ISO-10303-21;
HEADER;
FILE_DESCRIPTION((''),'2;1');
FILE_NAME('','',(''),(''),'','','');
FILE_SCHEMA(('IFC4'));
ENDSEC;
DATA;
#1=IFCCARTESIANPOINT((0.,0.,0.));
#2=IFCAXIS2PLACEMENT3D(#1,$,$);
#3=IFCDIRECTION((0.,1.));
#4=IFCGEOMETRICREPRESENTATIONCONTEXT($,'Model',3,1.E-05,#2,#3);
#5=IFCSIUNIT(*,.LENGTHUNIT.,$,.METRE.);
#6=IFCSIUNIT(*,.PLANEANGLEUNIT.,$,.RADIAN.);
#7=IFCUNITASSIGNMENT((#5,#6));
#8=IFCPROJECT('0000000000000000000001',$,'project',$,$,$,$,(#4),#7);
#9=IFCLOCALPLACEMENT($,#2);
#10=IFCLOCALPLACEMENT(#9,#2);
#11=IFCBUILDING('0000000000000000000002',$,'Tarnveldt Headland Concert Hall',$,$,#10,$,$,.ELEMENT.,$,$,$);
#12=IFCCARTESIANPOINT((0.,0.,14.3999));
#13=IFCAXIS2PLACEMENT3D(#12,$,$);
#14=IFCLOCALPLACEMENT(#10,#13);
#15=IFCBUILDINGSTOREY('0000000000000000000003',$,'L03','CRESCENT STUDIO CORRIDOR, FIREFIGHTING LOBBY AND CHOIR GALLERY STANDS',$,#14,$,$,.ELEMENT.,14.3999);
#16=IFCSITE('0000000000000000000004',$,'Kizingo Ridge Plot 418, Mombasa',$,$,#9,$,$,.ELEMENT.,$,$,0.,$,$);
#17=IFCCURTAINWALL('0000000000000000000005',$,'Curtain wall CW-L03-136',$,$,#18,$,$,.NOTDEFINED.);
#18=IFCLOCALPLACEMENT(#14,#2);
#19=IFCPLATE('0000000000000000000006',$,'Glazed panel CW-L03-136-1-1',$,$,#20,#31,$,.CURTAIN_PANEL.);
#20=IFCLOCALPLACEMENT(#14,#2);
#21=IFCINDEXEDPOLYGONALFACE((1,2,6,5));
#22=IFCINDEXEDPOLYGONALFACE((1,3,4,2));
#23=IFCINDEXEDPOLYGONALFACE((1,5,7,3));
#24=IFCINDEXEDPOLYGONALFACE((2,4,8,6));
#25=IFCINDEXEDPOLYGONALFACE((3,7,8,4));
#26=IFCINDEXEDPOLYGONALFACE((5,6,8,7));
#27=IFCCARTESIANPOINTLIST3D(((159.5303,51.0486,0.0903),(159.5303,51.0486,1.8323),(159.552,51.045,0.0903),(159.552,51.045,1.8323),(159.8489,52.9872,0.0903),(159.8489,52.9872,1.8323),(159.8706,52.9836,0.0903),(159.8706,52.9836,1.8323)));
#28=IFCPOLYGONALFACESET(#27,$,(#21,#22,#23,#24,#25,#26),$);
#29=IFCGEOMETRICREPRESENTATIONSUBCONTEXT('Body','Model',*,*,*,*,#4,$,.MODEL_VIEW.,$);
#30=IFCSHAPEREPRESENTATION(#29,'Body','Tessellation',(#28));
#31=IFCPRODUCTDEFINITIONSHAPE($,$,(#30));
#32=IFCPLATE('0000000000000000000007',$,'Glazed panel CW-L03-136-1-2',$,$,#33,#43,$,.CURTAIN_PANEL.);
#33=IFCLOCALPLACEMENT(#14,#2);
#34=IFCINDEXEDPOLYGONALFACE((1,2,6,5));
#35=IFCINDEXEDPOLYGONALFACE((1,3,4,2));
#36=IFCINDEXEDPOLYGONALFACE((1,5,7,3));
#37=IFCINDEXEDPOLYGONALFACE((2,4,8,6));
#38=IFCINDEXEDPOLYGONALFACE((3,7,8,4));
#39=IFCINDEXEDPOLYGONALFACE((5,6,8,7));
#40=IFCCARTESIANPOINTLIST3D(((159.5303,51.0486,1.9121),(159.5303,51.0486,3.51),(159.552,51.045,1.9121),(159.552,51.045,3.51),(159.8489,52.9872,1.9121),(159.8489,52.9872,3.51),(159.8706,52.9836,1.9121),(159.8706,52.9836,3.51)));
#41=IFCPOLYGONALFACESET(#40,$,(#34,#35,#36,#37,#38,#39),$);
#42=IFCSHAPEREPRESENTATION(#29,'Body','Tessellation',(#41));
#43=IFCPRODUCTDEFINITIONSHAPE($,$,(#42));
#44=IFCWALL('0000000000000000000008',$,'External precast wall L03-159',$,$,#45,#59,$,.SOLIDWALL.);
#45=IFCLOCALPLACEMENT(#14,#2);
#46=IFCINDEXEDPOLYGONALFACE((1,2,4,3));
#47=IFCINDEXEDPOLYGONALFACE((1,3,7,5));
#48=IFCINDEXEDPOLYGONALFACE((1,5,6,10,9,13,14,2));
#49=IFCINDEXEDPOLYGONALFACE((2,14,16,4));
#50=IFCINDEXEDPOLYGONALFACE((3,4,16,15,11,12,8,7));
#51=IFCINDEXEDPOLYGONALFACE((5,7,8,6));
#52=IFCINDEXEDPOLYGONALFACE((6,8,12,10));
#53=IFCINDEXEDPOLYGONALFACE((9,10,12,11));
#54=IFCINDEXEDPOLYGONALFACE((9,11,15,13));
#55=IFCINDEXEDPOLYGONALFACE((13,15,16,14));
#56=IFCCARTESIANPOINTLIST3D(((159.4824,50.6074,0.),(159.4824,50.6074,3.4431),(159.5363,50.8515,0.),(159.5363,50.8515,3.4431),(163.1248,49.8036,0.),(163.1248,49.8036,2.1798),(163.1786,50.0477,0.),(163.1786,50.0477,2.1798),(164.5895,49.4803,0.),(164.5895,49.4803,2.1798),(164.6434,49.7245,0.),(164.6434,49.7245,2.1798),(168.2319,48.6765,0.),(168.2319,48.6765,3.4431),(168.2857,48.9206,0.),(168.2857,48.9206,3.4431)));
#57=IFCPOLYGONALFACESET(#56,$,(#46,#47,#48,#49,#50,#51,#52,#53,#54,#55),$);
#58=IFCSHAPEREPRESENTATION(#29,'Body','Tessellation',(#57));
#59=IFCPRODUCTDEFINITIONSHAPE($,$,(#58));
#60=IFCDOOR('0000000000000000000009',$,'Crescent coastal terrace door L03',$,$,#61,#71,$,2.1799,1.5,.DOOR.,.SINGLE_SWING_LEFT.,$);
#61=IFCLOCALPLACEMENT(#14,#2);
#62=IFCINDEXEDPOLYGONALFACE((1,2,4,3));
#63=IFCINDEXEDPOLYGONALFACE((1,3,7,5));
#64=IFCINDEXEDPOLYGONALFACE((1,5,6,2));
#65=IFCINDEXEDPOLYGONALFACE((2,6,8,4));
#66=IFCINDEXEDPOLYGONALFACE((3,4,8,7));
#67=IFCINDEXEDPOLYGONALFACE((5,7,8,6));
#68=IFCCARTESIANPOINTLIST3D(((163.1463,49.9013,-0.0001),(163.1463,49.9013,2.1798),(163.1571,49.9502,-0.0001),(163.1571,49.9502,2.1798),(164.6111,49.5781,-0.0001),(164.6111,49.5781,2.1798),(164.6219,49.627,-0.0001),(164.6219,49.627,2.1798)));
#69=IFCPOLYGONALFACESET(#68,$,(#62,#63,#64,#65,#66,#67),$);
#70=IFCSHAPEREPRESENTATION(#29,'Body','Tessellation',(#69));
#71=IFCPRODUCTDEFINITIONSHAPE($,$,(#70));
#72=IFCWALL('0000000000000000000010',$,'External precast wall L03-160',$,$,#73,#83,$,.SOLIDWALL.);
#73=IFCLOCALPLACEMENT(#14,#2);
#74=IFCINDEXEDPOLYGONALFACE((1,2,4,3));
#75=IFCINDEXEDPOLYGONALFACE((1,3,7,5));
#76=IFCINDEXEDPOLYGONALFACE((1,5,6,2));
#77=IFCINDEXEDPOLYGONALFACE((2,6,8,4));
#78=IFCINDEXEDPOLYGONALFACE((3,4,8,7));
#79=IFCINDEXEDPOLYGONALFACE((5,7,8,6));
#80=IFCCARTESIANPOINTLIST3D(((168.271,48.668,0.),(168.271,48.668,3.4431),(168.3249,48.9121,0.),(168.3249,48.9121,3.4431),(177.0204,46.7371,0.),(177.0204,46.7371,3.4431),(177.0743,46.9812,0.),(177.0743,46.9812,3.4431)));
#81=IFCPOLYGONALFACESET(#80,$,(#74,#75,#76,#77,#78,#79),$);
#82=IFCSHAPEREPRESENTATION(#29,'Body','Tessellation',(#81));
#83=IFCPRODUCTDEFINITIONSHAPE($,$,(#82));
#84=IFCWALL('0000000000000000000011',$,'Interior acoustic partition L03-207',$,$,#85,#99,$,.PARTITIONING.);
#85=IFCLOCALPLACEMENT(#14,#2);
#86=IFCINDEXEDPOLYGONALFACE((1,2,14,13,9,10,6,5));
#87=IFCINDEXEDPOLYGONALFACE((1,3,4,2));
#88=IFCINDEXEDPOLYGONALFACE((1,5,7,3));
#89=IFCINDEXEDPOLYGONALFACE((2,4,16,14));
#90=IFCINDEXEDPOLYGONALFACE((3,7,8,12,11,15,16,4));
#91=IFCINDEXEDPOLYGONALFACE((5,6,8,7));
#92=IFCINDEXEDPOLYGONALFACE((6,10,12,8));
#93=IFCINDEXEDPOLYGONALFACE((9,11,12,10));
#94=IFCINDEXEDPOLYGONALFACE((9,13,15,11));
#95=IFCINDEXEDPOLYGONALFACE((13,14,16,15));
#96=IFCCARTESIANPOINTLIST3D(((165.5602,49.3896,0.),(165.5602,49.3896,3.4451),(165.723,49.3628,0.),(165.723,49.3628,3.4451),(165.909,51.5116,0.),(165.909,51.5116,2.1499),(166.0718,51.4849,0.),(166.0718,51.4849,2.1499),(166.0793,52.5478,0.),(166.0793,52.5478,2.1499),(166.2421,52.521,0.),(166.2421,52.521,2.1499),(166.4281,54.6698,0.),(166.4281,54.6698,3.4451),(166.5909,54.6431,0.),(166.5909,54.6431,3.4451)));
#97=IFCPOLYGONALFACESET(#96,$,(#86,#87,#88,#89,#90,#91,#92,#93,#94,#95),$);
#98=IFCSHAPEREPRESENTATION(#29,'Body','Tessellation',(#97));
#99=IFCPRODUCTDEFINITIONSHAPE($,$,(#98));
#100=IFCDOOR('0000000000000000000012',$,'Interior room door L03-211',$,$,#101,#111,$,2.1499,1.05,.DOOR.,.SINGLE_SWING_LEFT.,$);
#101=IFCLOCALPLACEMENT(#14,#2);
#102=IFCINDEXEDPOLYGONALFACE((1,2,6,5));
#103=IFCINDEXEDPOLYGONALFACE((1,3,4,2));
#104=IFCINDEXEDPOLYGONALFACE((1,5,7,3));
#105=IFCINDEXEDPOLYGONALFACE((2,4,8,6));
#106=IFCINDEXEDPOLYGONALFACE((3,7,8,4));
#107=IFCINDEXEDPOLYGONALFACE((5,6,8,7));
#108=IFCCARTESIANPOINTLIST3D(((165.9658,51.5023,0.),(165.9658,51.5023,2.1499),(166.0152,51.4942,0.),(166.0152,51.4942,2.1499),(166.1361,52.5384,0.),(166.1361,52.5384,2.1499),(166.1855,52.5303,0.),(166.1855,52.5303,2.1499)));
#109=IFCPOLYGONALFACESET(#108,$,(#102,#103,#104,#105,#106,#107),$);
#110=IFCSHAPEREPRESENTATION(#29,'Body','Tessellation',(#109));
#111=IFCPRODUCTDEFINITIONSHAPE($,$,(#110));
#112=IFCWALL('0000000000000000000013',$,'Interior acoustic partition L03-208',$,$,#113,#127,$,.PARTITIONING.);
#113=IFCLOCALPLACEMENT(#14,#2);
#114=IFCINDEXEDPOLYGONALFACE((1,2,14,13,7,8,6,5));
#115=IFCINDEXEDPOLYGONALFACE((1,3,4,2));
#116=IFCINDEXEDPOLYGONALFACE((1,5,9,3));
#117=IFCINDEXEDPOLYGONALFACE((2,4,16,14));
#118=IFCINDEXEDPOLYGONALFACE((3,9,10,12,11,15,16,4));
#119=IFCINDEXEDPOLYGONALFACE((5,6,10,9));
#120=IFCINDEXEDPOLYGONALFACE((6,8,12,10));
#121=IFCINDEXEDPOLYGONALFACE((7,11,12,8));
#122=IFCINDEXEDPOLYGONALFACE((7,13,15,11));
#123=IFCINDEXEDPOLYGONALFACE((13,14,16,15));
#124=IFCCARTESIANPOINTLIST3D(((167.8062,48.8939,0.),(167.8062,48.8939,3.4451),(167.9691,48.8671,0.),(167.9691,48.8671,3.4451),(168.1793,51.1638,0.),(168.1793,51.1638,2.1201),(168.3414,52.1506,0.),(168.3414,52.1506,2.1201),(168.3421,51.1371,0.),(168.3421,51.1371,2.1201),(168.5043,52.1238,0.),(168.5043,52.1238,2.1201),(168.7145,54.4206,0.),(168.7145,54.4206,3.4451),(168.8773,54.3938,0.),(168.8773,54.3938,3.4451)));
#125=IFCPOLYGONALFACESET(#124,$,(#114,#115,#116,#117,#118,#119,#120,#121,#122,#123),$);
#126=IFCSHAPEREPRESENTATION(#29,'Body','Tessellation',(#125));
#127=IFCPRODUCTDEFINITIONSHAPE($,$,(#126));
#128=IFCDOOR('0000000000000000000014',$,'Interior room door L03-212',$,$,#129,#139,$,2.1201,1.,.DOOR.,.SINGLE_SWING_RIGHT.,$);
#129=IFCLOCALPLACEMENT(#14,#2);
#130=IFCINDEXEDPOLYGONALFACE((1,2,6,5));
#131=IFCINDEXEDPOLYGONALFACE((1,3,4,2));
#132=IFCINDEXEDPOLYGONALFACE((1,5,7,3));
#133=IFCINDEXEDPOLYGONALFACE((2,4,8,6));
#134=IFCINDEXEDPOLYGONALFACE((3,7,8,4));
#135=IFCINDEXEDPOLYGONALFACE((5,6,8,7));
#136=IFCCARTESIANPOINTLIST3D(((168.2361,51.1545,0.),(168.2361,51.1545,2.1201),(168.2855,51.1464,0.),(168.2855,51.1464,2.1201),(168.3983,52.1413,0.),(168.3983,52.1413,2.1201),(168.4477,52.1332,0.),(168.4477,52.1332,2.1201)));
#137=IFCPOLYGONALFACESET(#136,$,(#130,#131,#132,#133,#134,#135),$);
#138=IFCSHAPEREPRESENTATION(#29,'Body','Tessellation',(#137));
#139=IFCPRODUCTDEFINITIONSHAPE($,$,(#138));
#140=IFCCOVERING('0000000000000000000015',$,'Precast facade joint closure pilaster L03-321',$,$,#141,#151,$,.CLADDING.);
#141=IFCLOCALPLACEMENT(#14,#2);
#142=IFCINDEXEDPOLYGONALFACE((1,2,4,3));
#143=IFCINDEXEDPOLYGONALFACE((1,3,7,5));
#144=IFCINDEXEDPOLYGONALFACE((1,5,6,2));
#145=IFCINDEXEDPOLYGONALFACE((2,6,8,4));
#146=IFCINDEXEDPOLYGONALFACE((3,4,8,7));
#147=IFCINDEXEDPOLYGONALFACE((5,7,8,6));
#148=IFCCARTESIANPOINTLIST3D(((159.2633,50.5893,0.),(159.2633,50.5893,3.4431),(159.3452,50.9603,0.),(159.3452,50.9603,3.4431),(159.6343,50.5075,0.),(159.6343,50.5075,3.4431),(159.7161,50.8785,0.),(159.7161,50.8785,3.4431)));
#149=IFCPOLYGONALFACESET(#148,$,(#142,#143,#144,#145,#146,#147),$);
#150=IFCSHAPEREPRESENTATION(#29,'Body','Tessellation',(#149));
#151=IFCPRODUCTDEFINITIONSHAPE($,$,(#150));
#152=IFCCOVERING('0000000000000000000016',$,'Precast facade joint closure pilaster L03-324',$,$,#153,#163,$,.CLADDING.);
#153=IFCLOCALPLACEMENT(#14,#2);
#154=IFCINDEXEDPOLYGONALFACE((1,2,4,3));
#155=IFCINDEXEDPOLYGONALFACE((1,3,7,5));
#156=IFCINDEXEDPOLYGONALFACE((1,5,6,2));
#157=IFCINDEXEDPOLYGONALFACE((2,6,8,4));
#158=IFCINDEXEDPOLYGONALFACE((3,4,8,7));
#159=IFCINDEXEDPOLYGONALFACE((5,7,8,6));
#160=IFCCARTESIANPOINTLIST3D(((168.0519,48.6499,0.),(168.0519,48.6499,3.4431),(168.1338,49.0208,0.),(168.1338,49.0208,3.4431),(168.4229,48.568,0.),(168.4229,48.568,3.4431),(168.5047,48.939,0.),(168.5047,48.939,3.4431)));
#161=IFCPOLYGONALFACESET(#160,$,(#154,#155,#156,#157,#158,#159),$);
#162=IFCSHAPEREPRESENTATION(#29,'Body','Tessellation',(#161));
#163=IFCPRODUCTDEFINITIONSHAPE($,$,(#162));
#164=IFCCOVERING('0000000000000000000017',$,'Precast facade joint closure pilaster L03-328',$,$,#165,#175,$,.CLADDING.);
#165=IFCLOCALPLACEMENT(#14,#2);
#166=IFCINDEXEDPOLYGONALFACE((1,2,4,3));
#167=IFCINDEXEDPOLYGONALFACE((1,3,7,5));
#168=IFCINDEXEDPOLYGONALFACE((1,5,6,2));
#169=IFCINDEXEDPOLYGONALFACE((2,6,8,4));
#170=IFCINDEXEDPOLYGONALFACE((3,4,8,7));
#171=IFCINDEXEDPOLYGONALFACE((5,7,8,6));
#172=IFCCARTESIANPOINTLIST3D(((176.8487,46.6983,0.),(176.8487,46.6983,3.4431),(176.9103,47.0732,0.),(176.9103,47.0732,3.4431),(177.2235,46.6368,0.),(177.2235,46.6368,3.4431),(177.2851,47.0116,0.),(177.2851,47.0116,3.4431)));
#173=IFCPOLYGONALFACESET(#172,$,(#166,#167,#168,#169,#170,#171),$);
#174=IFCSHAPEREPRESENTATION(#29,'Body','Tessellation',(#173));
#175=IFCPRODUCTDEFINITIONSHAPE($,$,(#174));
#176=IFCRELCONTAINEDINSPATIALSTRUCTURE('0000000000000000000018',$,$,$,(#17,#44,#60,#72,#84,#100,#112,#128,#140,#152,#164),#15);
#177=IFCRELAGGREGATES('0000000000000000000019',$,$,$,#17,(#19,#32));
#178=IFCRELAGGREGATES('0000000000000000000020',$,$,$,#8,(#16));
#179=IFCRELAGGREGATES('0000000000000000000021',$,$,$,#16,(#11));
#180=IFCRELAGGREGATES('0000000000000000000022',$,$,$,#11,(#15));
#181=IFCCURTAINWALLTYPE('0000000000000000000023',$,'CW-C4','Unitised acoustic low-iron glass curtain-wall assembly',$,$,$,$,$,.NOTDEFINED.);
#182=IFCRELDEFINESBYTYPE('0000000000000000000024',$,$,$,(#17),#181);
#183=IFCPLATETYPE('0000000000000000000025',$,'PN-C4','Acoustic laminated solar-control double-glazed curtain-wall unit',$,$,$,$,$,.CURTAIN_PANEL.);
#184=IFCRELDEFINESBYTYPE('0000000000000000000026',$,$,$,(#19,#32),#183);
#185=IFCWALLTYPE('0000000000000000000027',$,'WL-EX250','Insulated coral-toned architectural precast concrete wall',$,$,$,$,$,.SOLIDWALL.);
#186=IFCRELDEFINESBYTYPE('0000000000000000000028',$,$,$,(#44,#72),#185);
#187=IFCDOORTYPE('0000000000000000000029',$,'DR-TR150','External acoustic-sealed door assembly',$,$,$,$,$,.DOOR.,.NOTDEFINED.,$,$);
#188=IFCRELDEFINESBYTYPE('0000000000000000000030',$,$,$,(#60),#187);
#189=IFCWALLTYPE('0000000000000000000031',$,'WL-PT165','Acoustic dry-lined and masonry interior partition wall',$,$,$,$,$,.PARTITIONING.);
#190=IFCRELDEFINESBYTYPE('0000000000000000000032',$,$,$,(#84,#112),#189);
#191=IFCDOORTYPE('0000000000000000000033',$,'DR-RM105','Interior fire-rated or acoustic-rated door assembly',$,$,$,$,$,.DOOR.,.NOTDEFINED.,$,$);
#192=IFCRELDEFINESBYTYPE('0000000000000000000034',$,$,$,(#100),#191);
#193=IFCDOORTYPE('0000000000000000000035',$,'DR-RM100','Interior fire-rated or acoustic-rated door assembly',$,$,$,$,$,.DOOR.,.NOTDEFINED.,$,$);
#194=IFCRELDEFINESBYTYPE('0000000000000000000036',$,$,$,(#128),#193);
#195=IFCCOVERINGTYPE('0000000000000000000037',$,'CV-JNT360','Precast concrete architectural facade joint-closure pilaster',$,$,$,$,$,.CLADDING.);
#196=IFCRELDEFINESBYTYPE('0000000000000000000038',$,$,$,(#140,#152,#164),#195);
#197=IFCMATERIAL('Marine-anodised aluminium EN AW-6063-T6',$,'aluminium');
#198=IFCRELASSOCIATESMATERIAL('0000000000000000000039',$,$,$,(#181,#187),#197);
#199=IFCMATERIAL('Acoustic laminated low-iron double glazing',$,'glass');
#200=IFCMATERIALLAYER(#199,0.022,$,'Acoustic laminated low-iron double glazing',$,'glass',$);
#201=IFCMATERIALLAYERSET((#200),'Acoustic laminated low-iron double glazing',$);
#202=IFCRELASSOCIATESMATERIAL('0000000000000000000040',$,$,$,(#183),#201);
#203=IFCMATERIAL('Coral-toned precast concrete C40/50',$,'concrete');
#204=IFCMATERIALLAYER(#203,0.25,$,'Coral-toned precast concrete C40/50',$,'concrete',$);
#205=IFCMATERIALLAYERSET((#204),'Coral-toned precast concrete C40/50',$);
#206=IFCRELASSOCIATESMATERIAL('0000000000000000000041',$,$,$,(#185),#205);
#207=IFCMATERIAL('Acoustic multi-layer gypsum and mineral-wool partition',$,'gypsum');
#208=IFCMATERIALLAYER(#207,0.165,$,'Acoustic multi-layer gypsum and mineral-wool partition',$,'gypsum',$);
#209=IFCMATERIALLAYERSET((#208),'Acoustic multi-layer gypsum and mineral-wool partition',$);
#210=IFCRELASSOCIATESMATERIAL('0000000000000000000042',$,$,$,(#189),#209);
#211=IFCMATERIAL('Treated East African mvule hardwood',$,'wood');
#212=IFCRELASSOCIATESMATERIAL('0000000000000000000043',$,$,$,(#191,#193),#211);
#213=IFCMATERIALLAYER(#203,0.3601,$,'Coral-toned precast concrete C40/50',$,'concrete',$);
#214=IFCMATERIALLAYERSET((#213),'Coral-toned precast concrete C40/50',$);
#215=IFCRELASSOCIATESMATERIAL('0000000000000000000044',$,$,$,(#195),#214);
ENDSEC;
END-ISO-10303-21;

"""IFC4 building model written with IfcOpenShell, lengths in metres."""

from ifc_helpers import new_model, si_unit, direction, frame, frame_2d, origin, origin_2d, place, context, subcontext, project, spatial, rectangle, extrude, material, layer, layer_set, type_object, element, fill, aggregate, save


model = new_model("IFC4")

# Units and contexts
model_context = context("Model", 3, precision=1e-05, world=origin(), true_north=direction((0.0, 1.0)))
body_context = subcontext(model_context, "Body", "Model", "MODEL_VIEW")
ifc_project = project(units=[si_unit("LENGTHUNIT", "METRE"), si_unit("PLANEANGLEUNIT", "RADIAN")], contexts=[model_context])

# Site, building, storey
site_placement = place(None, origin())
site = spatial("IfcSite", under=ifc_project, at=site_placement, Name="Kizingo Ridge Plot 418, Mombasa", CompositionType="ELEMENT", RefElevation=0.0)
building_placement = place(site_placement, origin())
building = spatial("IfcBuilding", under=site, at=building_placement, Name="Tarnveldt Headland Concert Hall", CompositionType="ELEMENT")
storey_placement = place(building_placement, frame((0.0, 0.0, 14.3999)))
storey = spatial("IfcBuildingStorey", under=building, at=storey_placement, Name="L03", Description="CRESCENT STUDIO CORRIDOR, FIREFIGHTING LOBBY AND CHOIR GALLERY STANDS", CompositionType="ELEMENT", Elevation=14.3999)

# Curtain wall
ifc_material_1 = material(Name="Marine-anodised aluminium EN AW-6063-T6", Category="aluminium")
curtain_wall_type = type_object("IfcCurtainWallType", Name="CW-C4", Description="Unitised acoustic low-iron glass curtain-wall assembly", PredefinedType="NOTDEFINED", material=ifc_material_1)
curtain_wall_placement = place(storey_placement, origin())
curtain_wall = element("IfcCurtainWall", 1, at=curtain_wall_placement, inside=storey, type_object=curtain_wall_type, Name="Curtain wall CW-L03-136", PredefinedType="NOTDEFINED")

# Plates
ifc_material_2 = material(Name="Acoustic laminated low-iron double glazing", Category="glass")
ifc_layer_1 = layer(ifc_material_2, 0.022, Name="Acoustic laminated low-iron double glazing", Category="glass")
ifc_layer_set_1 = layer_set([ifc_layer_1], Name="Acoustic laminated low-iron double glazing")
plate_type = type_object("IfcPlateType", Name="PN-C4", Description="Acoustic laminated solar-control double-glazed curtain-wall unit", PredefinedType="CURTAIN_PANEL", material=ifc_layer_set_1)
plate_1_placement = place(storey_placement, frame((159.7004, 52.0161, 0.0903), z_axis=(0.0, 0.0, 1.0), x_axis=(0.162172, 0.986762, 0.0)))
plate_1 = element("IfcPlate", 2, at=plate_1_placement, type_object=plate_type, Name="Glazed panel CW-L03-136-1-1", PredefinedType="CURTAIN_PANEL", context=body_context, shape_type="SweptSolid", body=[
    extrude(rectangle(XDim=1.9646, YDim=0.022, at=origin_2d()), origin(), (0.0, 0.0, 1.0), 1.7419),
])
plate_2_placement = place(storey_placement, frame((159.7004, 52.0161, 1.9121), z_axis=(0.0, 0.0, 1.0), x_axis=(0.162172, 0.986762, 0.0)))
plate_2 = element("IfcPlate", 3, at=plate_2_placement, type_object=plate_type, Name="Glazed panel CW-L03-136-1-2", PredefinedType="CURTAIN_PANEL", context=body_context, shape_type="SweptSolid", body=[
    extrude(rectangle(XDim=1.9646, YDim=0.022, at=origin_2d()), origin(), (0.0, 0.0, 1.0), 1.5979),
])
aggregate(curtain_wall, [plate_1, plate_2])

# Wall, opening, door
ifc_material_3 = material(Name="Coral-toned precast concrete C40/50", Category="concrete")
ifc_layer_2 = layer(ifc_material_3, 0.25, Name="Coral-toned precast concrete C40/50", Category="concrete")
ifc_layer_set_2 = layer_set([ifc_layer_2], Name="Coral-toned precast concrete C40/50")
wall_type_1 = type_object("IfcWallType", Name="WL-EX250", Description="Insulated coral-toned architectural precast concrete wall", PredefinedType="SOLIDWALL", material=ifc_layer_set_2)
wall_1_placement = place(storey_placement, frame((168.2588, 48.7986, 0.0), z_axis=(0.0, 0.0, 1.0), x_axis=(-0.976503, 0.215502, 0.0)))
wall_1 = element("IfcWall", 4, at=wall_1_placement, inside=storey, type_object=wall_type_1, Name="External precast wall L03-159", PredefinedType="SOLIDWALL", context=body_context, shape_type="SweptSolid", body=[
    extrude(rectangle(XDim=8.96, YDim=0.25, at=frame_2d((4.48, 0.0))), origin(), (0.0, 0.0, 1.0), 3.4431),
])
opening_1_placement = place(wall_1_placement, frame((3.73, 0.0, 0.0)))
opening_1 = element("IfcOpeningElement", 5, at=opening_1_placement, cuts=wall_1, PredefinedType="OPENING", context=body_context, shape_type="SweptSolid", body=[
    extrude(rectangle(XDim=1.5, YDim=2.1799, at=frame_2d((0.75, 1.0898))), frame((0.0, 0.135, 0.0), z_axis=(0.0, -1.0, 0.0), x_axis=(1.0, 0.0, 0.0)), (0.0, 0.0, 1.0), 0.27),
])
door_type_1 = type_object("IfcDoorType", Name="DR-TR150", Description="External acoustic-sealed door assembly", OperationType="NOTDEFINED", PredefinedType="DOOR", material=ifc_material_1)
door_1_placement = place(opening_1_placement, origin())
door_1 = element("IfcDoor", 6, at=door_1_placement, inside=storey, type_object=door_type_1, Name="Crescent coastal terrace door L03", OperationType="SINGLE_SWING_LEFT", OverallHeight=2.1799, OverallWidth=1.5, PredefinedType="DOOR", context=body_context, shape_type="SweptSolid", body=[
    extrude(rectangle(XDim=1.5, YDim=2.1799, at=frame_2d((0.75, 1.0898))), frame((0.0, 0.0249, 0.0), z_axis=(0.0, -1.0, 0.0), x_axis=(1.0, 0.0, 0.0)), (0.0, 0.0, 1.0), 0.05),
])
fill(opening_1, door_1)

# Wall
wall_2_placement = place(storey_placement, frame((177.0474, 46.8591, 0.0), z_axis=(0.0, 0.0, 1.0), x_axis=(-0.976503, 0.215502, 0.0)))
element("IfcWall", 7, at=wall_2_placement, inside=storey, type_object=wall_type_1, Name="External precast wall L03-160", PredefinedType="SOLIDWALL", context=body_context, shape_type="SweptSolid", body=[
    extrude(rectangle(XDim=8.96, YDim=0.25, at=frame_2d((4.48, 0.0))), origin(), (0.0, 0.0, 1.0), 3.4431),
])

# Walls, openings, doors
ifc_material_4 = material(Name="Acoustic multi-layer gypsum and mineral-wool partition", Category="gypsum")
ifc_layer_3 = layer(ifc_material_4, 0.165, Name="Acoustic multi-layer gypsum and mineral-wool partition", Category="gypsum")
ifc_layer_set_3 = layer_set([ifc_layer_3], Name="Acoustic multi-layer gypsum and mineral-wool partition")
wall_type_2 = type_object("IfcWallType", Name="WL-PT165", Description="Acoustic dry-lined and masonry interior partition wall", PredefinedType="PARTITIONING", material=ifc_layer_set_3)
wall_3_placement = place(storey_placement, frame((165.6416, 49.3762, 0.0), z_axis=(0.0, 0.0, 1.0), x_axis=(0.162194, 0.986759, 0.0)))
wall_3 = element("IfcWall", 8, at=wall_3_placement, inside=storey, type_object=wall_type_2, Name="Interior acoustic partition L03-207", PredefinedType="PARTITIONING", context=body_context, shape_type="SweptSolid", body=[
    extrude(rectangle(XDim=5.3511, YDim=0.165, at=frame_2d((2.6755, 0.0))), origin(), (0.0, 0.0, 1.0), 3.4451),
])
opening_2_placement = place(wall_3_placement, frame((2.1506, 0.0, 0.0)))
opening_2 = element("IfcOpeningElement", 9, at=opening_2_placement, cuts=wall_3, PredefinedType="OPENING", context=body_context, shape_type="SweptSolid", body=[
    extrude(rectangle(XDim=1.05, YDim=2.1499, at=frame_2d((0.5249, 1.075))), frame((0.0, 0.0925, 0.0), z_axis=(0.0, -1.0, 0.0), x_axis=(1.0, 0.0, 0.0)), (0.0, 0.0, 1.0), 0.1851),
])
ifc_material_5 = material(Name="Treated East African mvule hardwood", Category="wood")
door_type_2 = type_object("IfcDoorType", Name="DR-RM105", Description="Interior fire-rated or acoustic-rated door assembly", OperationType="NOTDEFINED", PredefinedType="DOOR", material=ifc_material_5)
door_2_placement = place(opening_2_placement, origin())
door_2 = element("IfcDoor", 10, at=door_2_placement, inside=storey, type_object=door_type_2, Name="Interior room door L03-211", OperationType="SINGLE_SWING_LEFT", OverallHeight=2.1499, OverallWidth=1.05, PredefinedType="DOOR", context=body_context, shape_type="SweptSolid", body=[
    extrude(rectangle(XDim=1.05, YDim=2.1499, at=frame_2d((0.5249, 1.075))), frame((0.0, 0.0249, 0.0), z_axis=(0.0, -1.0, 0.0), x_axis=(1.0, 0.0, 0.0)), (0.0, 0.0, 1.0), 0.05),
])
fill(opening_2, door_2)
wall_4_placement = place(storey_placement, frame((167.8877, 48.8806, 0.0), z_axis=(0.0, 0.0, 1.0), x_axis=(0.162158, 0.986765, 0.0)))
wall_4 = element("IfcWall", 11, at=wall_4_placement, inside=storey, type_object=wall_type_2, Name="Interior acoustic partition L03-208", PredefinedType="PARTITIONING", context=body_context, shape_type="SweptSolid", body=[
    extrude(rectangle(XDim=5.6008, YDim=0.165, at=frame_2d((2.8003, 0.0))), origin(), (0.0, 0.0, 1.0), 3.4451),
])
opening_3_placement = place(wall_4_placement, frame((2.3003, 0.0, 0.0)))
opening_3 = element("IfcOpeningElement", 12, at=opening_3_placement, cuts=wall_4, PredefinedType="OPENING", context=body_context, shape_type="SweptSolid", body=[
    extrude(rectangle(XDim=1.0, YDim=2.1201, at=frame_2d((0.5, 1.0601))), frame((0.0, 0.0925, 0.0), z_axis=(0.0, -1.0, 0.0), x_axis=(1.0, 0.0, 0.0)), (0.0, 0.0, 1.0), 0.1851),
])
door_type_3 = type_object("IfcDoorType", Name="DR-RM100", Description="Interior fire-rated or acoustic-rated door assembly", OperationType="NOTDEFINED", PredefinedType="DOOR", material=ifc_material_5)
door_3_placement = place(opening_3_placement, origin())
door_3 = element("IfcDoor", 13, at=door_3_placement, inside=storey, type_object=door_type_3, Name="Interior room door L03-212", OperationType="SINGLE_SWING_RIGHT", OverallHeight=2.1201, OverallWidth=1.0, PredefinedType="DOOR", context=body_context, shape_type="SweptSolid", body=[
    extrude(rectangle(XDim=1.0, YDim=2.1201, at=frame_2d((0.5, 1.0601))), frame((0.0, 0.0249, 0.0), z_axis=(0.0, -1.0, 0.0), x_axis=(1.0, 0.0, 0.0)), (0.0, 0.0, 1.0), 0.05),
])
fill(opening_3, door_3)

# Coverings
ifc_layer_4 = layer(ifc_material_3, 0.3601, Name="Coral-toned precast concrete C40/50", Category="concrete")
ifc_layer_set_4 = layer_set([ifc_layer_4], Name="Coral-toned precast concrete C40/50")
covering_type = type_object("IfcCoveringType", Name="CV-JNT360", Description="Precast concrete architectural facade joint-closure pilaster", PredefinedType="CLADDING", material=ifc_layer_set_4)
for number, where, z_axis, x_axis, name in (
    (14, (159.4897, 50.7339, 0.0), (0.0, 0.0, 1.0), (-0.976522, 0.215417, 0.0), "Precast facade joint closure pilaster L03-321"),
    (15, (168.2783, 48.7944, 0.0), (0.0, 0.0, 1.0), (-0.976522, 0.215417, 0.0), "Precast facade joint closure pilaster L03-324"),
    (16, (177.0669, 46.855, 0.0), (0.0, 0.0, 1.0), (-0.162121, -0.986771, 0.0), "Precast facade joint closure pilaster L03-328"),
):
    element("IfcCovering", number, at=place(storey_placement, frame(where, z_axis=z_axis, x_axis=x_axis)), inside=storey, type_object=covering_type, Name=name, PredefinedType="CLADDING", context=body_context, shape_type="SweptSolid", body=[
        extrude(rectangle(XDim=0.3799, YDim=0.3799, at=origin_2d()), origin(), (0.0, 0.0, 1.0), 3.4431),
    ])

save(model, "model.ifc")
